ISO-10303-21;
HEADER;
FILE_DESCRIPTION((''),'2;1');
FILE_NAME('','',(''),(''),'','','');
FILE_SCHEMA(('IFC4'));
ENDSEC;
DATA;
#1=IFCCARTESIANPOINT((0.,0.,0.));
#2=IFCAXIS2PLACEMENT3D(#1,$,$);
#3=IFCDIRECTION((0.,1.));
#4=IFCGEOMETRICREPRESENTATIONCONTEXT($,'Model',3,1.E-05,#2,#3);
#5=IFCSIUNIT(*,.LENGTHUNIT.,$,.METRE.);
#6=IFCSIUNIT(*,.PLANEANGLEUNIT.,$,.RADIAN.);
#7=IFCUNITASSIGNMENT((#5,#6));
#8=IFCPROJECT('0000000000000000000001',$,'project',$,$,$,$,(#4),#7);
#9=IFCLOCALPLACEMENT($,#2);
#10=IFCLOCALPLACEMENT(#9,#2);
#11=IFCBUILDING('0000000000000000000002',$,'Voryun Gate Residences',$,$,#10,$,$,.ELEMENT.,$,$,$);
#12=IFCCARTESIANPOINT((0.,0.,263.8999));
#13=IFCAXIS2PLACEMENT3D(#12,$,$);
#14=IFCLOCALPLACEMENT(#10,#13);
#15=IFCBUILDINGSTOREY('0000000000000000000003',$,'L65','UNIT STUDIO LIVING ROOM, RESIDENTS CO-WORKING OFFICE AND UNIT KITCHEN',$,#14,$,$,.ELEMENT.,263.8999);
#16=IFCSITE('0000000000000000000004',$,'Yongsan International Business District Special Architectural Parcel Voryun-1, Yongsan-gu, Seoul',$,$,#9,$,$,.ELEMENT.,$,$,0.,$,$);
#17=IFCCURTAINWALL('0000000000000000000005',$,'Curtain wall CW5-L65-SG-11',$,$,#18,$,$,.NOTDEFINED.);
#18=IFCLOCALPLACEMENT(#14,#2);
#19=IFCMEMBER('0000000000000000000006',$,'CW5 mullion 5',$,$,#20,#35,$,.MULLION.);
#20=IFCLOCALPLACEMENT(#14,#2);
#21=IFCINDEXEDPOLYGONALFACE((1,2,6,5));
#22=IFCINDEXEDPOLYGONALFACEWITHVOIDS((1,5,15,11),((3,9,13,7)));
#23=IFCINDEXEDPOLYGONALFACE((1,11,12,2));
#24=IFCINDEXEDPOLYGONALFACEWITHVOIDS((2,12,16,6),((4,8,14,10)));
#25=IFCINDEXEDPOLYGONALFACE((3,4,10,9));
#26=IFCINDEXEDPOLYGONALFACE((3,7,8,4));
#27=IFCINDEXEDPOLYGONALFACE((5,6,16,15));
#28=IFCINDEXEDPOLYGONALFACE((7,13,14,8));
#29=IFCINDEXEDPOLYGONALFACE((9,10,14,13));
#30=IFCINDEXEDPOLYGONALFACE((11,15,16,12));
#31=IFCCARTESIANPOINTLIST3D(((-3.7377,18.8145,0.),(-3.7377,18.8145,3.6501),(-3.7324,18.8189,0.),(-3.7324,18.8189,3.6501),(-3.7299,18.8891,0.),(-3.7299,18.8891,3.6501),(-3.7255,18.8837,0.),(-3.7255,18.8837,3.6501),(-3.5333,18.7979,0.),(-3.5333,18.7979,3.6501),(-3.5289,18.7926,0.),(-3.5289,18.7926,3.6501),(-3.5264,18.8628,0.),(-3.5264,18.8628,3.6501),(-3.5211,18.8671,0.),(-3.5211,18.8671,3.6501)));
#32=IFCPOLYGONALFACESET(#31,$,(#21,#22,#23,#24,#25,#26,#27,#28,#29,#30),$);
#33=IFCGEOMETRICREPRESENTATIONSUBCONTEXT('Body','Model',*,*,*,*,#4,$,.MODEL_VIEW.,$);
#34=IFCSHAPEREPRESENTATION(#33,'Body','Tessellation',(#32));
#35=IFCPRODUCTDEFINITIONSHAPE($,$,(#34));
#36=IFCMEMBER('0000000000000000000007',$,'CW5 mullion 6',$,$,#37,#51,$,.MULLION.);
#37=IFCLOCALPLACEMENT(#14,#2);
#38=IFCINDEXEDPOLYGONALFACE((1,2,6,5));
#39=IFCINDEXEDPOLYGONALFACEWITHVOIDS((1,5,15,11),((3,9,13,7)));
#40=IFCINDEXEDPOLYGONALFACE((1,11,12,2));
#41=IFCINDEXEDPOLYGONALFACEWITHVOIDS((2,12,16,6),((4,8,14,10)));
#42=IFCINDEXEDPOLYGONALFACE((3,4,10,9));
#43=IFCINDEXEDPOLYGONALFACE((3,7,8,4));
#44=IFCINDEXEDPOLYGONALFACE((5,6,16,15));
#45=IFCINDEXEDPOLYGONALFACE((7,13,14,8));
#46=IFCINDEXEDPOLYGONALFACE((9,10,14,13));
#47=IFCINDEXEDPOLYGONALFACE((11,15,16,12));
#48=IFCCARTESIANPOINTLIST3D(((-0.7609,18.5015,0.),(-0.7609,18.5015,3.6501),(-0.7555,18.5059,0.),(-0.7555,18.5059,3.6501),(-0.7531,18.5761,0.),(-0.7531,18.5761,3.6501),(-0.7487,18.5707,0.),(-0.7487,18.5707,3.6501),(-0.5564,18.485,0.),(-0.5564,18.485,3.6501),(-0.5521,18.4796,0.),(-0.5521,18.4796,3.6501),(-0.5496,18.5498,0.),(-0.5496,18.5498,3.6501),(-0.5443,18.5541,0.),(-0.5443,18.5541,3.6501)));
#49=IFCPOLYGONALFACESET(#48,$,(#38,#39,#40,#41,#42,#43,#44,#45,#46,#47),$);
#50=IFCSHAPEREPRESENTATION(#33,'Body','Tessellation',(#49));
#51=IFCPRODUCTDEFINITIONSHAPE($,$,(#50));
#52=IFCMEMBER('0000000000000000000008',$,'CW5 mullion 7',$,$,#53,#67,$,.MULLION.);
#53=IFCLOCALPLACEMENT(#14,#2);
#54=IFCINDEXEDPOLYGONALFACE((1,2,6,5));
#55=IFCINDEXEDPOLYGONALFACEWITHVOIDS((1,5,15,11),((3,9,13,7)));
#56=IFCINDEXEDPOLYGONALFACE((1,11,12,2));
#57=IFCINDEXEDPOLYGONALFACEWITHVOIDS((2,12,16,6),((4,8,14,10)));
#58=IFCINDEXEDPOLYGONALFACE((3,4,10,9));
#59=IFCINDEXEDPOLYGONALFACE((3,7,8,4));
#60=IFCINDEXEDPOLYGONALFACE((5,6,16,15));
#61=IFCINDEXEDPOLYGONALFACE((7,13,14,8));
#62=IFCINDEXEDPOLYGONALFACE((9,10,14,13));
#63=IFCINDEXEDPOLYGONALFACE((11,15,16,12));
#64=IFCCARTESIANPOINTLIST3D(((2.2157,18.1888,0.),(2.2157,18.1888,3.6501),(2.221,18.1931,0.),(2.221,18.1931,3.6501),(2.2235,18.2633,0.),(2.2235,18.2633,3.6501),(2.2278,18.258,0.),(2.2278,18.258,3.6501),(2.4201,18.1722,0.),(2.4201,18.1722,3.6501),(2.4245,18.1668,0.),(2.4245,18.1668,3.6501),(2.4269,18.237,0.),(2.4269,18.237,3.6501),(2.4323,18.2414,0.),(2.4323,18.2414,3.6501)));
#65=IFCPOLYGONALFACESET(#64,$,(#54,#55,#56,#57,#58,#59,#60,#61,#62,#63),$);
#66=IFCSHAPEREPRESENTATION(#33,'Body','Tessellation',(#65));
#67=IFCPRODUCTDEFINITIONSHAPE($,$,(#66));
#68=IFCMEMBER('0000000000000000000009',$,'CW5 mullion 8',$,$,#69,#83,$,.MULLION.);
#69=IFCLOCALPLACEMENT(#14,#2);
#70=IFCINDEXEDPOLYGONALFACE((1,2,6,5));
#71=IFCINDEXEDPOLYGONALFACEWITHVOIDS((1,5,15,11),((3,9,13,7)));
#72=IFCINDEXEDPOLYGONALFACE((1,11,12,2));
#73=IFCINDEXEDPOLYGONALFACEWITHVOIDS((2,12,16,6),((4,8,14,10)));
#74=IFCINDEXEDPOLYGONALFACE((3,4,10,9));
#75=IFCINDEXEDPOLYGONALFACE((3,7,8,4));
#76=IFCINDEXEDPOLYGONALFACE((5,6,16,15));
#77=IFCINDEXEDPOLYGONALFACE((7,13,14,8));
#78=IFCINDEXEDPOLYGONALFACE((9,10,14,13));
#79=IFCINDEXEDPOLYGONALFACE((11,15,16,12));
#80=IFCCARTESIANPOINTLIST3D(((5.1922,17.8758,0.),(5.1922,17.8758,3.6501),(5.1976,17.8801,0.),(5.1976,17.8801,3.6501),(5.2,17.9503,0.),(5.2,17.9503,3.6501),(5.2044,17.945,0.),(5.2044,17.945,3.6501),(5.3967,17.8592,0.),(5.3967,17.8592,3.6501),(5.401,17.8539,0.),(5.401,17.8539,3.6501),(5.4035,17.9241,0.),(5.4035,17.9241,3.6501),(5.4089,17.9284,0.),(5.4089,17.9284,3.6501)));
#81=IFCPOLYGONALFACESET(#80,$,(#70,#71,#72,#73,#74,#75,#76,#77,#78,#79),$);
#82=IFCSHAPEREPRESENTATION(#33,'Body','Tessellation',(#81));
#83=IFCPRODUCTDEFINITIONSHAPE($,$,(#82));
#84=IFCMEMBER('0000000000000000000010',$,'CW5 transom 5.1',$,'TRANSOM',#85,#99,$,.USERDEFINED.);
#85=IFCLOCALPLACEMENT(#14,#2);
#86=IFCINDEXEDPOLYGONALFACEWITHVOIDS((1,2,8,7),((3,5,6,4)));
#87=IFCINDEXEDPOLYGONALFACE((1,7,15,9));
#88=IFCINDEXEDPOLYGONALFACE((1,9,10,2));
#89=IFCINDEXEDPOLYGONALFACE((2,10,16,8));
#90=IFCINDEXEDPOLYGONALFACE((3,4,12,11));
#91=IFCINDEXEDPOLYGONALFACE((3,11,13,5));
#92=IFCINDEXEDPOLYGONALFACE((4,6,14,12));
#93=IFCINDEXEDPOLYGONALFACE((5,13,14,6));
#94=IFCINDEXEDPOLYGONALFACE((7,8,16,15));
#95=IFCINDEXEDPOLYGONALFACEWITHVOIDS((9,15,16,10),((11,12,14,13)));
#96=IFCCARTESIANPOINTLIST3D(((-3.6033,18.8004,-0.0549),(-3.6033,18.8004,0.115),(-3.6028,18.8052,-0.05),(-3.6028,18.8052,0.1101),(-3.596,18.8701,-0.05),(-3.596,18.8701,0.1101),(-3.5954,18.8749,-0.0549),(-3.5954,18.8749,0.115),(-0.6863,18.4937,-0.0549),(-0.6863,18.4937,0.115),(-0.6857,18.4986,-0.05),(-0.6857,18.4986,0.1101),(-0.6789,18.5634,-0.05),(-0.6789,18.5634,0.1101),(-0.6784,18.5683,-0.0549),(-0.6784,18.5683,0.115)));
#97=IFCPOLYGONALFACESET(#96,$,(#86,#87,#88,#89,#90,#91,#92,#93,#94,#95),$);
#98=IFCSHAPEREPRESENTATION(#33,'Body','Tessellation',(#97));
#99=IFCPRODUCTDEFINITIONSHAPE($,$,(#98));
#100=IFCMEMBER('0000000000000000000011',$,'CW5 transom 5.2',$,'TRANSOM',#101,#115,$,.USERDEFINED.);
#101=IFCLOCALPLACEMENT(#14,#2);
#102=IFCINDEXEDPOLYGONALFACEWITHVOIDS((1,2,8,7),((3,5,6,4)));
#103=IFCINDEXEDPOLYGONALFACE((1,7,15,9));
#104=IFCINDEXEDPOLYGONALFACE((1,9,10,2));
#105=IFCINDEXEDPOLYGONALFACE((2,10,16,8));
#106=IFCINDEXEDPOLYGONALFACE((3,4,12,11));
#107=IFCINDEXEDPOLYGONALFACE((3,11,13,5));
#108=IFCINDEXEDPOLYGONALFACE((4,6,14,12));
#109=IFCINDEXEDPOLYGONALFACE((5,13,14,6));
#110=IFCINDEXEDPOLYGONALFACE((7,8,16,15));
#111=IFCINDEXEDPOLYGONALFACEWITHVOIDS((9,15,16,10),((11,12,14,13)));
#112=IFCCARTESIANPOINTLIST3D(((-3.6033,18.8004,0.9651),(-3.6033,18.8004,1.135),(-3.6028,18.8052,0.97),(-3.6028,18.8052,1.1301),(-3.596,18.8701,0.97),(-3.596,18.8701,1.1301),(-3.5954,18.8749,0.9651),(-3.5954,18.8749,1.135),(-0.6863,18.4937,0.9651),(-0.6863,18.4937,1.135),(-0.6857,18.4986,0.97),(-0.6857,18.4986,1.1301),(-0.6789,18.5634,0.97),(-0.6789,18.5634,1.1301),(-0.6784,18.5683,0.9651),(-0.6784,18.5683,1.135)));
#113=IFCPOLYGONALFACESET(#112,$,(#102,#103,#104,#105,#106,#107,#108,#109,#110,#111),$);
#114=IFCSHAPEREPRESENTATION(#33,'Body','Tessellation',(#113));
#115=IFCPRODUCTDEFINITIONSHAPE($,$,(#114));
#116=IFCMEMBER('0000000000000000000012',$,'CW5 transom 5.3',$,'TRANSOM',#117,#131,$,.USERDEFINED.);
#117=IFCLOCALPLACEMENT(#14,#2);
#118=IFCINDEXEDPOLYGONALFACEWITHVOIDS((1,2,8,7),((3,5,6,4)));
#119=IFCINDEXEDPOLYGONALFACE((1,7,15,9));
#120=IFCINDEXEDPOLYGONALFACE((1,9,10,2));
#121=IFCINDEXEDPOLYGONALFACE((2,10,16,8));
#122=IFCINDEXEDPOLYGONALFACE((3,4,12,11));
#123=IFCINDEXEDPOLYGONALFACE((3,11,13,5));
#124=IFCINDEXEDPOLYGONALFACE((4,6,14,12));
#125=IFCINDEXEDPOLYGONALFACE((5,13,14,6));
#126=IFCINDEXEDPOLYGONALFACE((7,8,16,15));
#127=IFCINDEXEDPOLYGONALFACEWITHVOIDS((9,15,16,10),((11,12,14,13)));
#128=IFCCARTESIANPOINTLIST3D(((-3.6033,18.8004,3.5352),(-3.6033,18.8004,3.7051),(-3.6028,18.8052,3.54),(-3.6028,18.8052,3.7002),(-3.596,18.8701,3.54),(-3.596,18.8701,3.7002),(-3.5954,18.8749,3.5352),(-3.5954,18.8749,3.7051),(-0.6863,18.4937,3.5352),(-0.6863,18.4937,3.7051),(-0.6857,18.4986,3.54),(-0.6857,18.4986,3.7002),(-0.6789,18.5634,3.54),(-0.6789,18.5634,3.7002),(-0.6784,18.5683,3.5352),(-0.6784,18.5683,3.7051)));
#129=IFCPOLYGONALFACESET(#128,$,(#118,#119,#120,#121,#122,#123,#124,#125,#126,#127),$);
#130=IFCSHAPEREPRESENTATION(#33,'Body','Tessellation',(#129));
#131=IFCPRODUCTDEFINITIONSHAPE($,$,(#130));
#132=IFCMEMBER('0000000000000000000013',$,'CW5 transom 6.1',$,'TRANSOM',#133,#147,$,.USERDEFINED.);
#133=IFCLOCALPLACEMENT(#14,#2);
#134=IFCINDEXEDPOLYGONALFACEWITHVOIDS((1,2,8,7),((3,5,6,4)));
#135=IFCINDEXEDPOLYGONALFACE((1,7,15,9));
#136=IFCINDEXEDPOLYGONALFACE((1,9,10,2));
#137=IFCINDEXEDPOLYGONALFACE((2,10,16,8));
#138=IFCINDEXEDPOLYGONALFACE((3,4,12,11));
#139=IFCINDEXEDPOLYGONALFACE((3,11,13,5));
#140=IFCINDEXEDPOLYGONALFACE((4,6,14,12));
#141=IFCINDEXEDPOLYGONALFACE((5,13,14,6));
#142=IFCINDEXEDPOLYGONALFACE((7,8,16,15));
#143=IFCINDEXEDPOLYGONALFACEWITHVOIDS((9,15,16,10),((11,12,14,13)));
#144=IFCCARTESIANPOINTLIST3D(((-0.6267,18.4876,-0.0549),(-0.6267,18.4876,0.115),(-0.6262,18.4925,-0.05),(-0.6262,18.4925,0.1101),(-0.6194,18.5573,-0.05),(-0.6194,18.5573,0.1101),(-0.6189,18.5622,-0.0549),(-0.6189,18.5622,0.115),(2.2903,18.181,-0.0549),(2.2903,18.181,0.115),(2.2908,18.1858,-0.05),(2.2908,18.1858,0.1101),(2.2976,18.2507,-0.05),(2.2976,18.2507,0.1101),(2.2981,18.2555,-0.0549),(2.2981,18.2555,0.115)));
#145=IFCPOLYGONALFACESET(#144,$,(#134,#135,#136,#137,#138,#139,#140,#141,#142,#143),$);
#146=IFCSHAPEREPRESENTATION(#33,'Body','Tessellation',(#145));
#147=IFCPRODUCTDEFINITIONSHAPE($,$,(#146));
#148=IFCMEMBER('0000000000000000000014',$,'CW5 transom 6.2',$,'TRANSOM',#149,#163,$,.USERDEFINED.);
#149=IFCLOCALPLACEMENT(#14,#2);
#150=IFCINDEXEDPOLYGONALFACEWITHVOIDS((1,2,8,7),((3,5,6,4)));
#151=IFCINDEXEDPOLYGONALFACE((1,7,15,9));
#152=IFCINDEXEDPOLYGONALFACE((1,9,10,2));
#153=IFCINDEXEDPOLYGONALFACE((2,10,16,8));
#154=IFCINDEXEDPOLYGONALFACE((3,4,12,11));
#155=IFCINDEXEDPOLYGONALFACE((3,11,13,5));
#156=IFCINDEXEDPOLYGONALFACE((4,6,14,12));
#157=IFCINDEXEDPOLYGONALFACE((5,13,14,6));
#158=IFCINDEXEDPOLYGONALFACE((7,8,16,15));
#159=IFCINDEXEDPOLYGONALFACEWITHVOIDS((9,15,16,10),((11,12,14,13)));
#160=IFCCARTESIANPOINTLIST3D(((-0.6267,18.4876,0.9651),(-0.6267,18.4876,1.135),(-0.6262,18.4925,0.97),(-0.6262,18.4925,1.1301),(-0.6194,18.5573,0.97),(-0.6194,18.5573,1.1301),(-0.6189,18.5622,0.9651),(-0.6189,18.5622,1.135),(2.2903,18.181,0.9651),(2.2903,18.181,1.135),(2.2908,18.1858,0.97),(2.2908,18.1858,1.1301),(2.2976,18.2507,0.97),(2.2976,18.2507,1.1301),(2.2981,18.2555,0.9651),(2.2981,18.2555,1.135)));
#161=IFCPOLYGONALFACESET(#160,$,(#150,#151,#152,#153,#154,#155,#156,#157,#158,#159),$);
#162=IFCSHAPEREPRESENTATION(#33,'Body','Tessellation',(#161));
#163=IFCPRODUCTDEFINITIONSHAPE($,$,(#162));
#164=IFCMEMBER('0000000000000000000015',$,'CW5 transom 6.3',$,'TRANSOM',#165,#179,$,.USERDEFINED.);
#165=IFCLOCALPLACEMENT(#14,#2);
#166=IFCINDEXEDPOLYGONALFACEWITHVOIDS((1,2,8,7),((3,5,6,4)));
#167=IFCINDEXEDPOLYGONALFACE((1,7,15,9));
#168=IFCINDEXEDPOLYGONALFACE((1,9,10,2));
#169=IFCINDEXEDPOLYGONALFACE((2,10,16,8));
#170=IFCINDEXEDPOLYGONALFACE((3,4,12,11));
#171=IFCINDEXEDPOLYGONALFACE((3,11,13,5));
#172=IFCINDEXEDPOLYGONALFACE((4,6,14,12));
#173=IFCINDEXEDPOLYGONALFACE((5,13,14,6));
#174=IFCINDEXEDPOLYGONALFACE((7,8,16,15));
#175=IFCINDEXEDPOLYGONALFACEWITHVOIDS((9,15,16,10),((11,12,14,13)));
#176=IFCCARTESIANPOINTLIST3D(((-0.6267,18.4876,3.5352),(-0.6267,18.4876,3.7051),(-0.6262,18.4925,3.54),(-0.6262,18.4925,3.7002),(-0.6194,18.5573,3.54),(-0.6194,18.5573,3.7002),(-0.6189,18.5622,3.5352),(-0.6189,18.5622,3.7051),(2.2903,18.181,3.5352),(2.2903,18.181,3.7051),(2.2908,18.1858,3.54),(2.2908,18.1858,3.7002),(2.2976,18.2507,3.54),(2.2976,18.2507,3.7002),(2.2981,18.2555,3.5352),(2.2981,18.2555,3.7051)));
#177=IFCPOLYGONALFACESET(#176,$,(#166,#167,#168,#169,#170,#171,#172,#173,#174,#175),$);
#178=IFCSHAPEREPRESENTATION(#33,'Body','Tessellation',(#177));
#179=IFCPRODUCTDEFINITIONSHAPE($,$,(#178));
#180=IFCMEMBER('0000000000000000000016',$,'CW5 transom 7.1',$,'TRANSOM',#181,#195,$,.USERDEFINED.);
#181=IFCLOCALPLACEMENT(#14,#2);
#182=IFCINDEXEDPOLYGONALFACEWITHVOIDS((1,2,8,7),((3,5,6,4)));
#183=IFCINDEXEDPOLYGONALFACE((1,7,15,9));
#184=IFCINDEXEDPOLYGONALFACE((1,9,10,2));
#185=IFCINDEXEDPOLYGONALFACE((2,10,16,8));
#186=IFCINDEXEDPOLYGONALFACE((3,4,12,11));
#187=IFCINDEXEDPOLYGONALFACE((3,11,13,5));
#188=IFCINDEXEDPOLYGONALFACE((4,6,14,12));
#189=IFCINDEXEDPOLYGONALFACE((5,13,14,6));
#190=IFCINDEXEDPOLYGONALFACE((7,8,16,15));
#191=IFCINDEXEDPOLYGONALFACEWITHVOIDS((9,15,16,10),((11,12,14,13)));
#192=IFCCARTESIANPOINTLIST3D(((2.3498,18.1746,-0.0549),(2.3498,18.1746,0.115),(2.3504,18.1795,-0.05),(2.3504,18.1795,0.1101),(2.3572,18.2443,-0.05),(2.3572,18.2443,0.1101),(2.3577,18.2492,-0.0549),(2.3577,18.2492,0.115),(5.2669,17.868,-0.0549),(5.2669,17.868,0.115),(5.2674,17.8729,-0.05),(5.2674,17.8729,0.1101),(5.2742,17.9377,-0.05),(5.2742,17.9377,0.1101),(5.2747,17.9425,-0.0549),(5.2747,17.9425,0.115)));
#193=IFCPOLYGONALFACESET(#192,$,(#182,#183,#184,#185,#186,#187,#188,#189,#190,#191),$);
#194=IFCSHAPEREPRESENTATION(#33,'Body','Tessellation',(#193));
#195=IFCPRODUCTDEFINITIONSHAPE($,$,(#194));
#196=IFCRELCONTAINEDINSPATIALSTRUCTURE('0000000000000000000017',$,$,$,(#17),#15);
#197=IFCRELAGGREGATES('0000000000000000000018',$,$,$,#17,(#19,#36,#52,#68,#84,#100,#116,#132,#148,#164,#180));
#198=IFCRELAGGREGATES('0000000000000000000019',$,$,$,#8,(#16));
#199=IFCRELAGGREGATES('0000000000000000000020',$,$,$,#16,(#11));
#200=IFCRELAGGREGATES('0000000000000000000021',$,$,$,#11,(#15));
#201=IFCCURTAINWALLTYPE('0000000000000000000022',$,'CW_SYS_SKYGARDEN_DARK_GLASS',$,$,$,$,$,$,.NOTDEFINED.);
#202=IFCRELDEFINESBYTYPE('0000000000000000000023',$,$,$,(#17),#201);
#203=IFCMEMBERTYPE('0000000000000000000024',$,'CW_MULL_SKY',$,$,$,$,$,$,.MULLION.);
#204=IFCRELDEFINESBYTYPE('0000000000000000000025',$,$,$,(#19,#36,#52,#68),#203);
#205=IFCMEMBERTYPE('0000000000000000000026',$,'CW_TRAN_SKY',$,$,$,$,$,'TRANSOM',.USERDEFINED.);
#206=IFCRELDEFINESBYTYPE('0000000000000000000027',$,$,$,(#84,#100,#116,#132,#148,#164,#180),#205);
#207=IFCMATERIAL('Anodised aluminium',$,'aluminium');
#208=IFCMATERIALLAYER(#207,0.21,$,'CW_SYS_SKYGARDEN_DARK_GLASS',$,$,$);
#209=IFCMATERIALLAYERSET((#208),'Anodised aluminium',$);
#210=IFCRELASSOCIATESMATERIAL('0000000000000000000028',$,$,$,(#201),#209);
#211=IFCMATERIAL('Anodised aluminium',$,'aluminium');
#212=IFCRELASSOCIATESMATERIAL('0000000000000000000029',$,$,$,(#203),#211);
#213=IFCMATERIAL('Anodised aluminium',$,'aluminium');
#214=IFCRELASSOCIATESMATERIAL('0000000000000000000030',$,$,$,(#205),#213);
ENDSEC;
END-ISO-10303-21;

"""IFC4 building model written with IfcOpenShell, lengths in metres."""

from ifc_helpers import new_model, si_unit, direction, frame, origin, origin_2d, place, context, subcontext, project, spatial, hollow_rectangle, extrude, material, layer, layer_set, material_profile, profile_set, type_object, element, aggregate, save


model = new_model("IFC4")

# Units and contexts
model_context = context("Model", 3, precision=1e-05, world=origin(), true_north=direction((0.0, 1.0)))
body_context = subcontext(model_context, "Body", "Model", "MODEL_VIEW")
ifc_project = project(units=[si_unit("LENGTHUNIT", "METRE"), si_unit("PLANEANGLEUNIT", "RADIAN")], contexts=[model_context])

# Site, building, storey
site_placement = place(None, origin())
site = spatial("IfcSite", under=ifc_project, at=site_placement, Name="Yongsan International Business District Special Architectural Parcel Voryun-1, Yongsan-gu, Seoul", CompositionType="ELEMENT", RefElevation=0.0)
building_placement = place(site_placement, origin())
building = spatial("IfcBuilding", under=site, at=building_placement, Name="Voryun Gate Residences", CompositionType="ELEMENT")
storey_placement = place(building_placement, frame((0.0, 0.0, 263.8999)))
storey = spatial("IfcBuildingStorey", under=building, at=storey_placement, Name="L65", Description="UNIT STUDIO LIVING ROOM, RESIDENTS CO-WORKING OFFICE AND UNIT KITCHEN", CompositionType="ELEMENT", Elevation=263.8999)

# Curtain wall, members
ifc_material_1 = material(Name="Anodised aluminium", Category="aluminium")
ifc_layer_1 = layer(ifc_material_1, 0.21, Name="CW_SYS_SKYGARDEN_DARK_GLASS")
ifc_layer_set_1 = layer_set([ifc_layer_1], Name="Anodised aluminium")
curtain_wall_type = type_object("IfcCurtainWallType", Name="CW_SYS_SKYGARDEN_DARK_GLASS", PredefinedType="NOTDEFINED", material=ifc_layer_set_1)
curtain_wall_placement = place(storey_placement, origin())
curtain_wall = element("IfcCurtainWall", 1, at=curtain_wall_placement, inside=storey, type_object=curtain_wall_type, Name="Curtain wall CW5-L65-SG-11", PredefinedType="NOTDEFINED")
ifc_material_2 = material(Name="Anodised aluminium", Category="aluminium")
ifc_material_profile_1 = material_profile(ifc_material_2, hollow_rectangle(XDim=0.075, YDim=0.21, WallThickness=0.0049, at=origin_2d()), Name="ALU-MULL-210x75x5")
ifc_profile_set_1 = profile_set([ifc_material_profile_1], Name="Anodised aluminium")
member_type_1 = type_object("IfcMemberType", Name="CW_MULL_SKY", PredefinedType="MULLION", material=ifc_profile_set_1)
member_1_placement = place(storey_placement, frame((-3.6294, 18.8408, 0.0), z_axis=(0.0, 0.0, 1.0), x_axis=(0.104532, 0.994521, 0.0)))
member_1 = element("IfcMember", 2, at=member_1_placement, type_object=member_type_1, Name="CW5 mullion 5", PredefinedType="MULLION", context=body_context, shape_type="SweptSolid", body=[
    extrude(hollow_rectangle(XDim=0.075, YDim=0.21, WallThickness=0.0049, at=origin_2d()), origin(), (0.0, 0.0, 1.0), 3.6501),
])
member_2_placement = place(storey_placement, frame((-0.6526, 18.5278, 0.0), z_axis=(0.0, 0.0, 1.0), x_axis=(0.104532, 0.994521, 0.0)))
member_2 = element("IfcMember", 3, at=member_2_placement, type_object=member_type_1, Name="CW5 mullion 6", PredefinedType="MULLION", context=body_context, shape_type="SweptSolid", body=[
    extrude(hollow_rectangle(XDim=0.075, YDim=0.21, WallThickness=0.0049, at=origin_2d()), origin(), (0.0, 0.0, 1.0), 3.6501),
])
member_3_placement = place(storey_placement, frame((2.324, 18.2151, 0.0), z_axis=(0.0, 0.0, 1.0), x_axis=(0.104532, 0.994521, 0.0)))
member_3 = element("IfcMember", 4, at=member_3_placement, type_object=member_type_1, Name="CW5 mullion 7", PredefinedType="MULLION", context=body_context, shape_type="SweptSolid", body=[
    extrude(hollow_rectangle(XDim=0.075, YDim=0.21, WallThickness=0.0049, at=origin_2d()), origin(), (0.0, 0.0, 1.0), 3.6501),
])
member_4_placement = place(storey_placement, frame((5.3005, 17.9021, 0.0), z_axis=(0.0, 0.0, 1.0), x_axis=(0.104532, 0.994521, 0.0)))
member_4 = element("IfcMember", 5, at=member_4_placement, type_object=member_type_1, Name="CW5 mullion 8", PredefinedType="MULLION", context=body_context, shape_type="SweptSolid", body=[
    extrude(hollow_rectangle(XDim=0.075, YDim=0.21, WallThickness=0.0049, at=origin_2d()), origin(), (0.0, 0.0, 1.0), 3.6501),
])
ifc_material_3 = material(Name="Anodised aluminium", Category="aluminium")
ifc_material_profile_2 = material_profile(ifc_material_3, hollow_rectangle(XDim=0.075, YDim=0.1699, WallThickness=0.0049, at=origin_2d()), Name="ALU-TRAN-170x75x5")
ifc_profile_set_2 = profile_set([ifc_material_profile_2], Name="Anodised aluminium")
member_type_2 = type_object("IfcMemberType", Name="CW_TRAN_SKY", ElementType="TRANSOM", PredefinedType="USERDEFINED", material=ifc_profile_set_2)
member_5_placement = place(storey_placement, frame((-3.5994, 18.8376, 0.03), z_axis=(0.99452, -0.104546, 0.0), x_axis=(0.104546, 0.99452, 0.0)))
member_5 = element("IfcMember", 6, at=member_5_placement, type_object=member_type_2, Name="CW5 transom 5.1", ObjectType="TRANSOM", PredefinedType="USERDEFINED", context=body_context, shape_type="SweptSolid", body=[
    extrude(hollow_rectangle(XDim=0.075, YDim=0.1699, WallThickness=0.0049, at=origin_2d()), origin(), (0.0, 0.0, 1.0), 2.9331),
])
member_6_placement = place(storey_placement, frame((-3.5994, 18.8376, 1.05), z_axis=(0.99452, -0.104546, 0.0), x_axis=(0.104546, 0.99452, 0.0)))
member_6 = element("IfcMember", 7, at=member_6_placement, type_object=member_type_2, Name="CW5 transom 5.2", ObjectType="TRANSOM", PredefinedType="USERDEFINED", context=body_context, shape_type="SweptSolid", body=[
    extrude(hollow_rectangle(XDim=0.075, YDim=0.1699, WallThickness=0.0049, at=origin_2d()), origin(), (0.0, 0.0, 1.0), 2.9331),
])
member_7_placement = place(storey_placement, frame((-3.5994, 18.8376, 3.6201), z_axis=(0.99452, -0.104546, 0.0), x_axis=(0.104546, 0.99452, 0.0)))
member_7 = element("IfcMember", 8, at=member_7_placement, type_object=member_type_2, Name="CW5 transom 5.3", ObjectType="TRANSOM", PredefinedType="USERDEFINED", context=body_context, shape_type="SweptSolid", body=[
    extrude(hollow_rectangle(XDim=0.075, YDim=0.1699, WallThickness=0.0049, at=origin_2d()), origin(), (0.0, 0.0, 1.0), 2.9331),
])
member_8_placement = place(storey_placement, frame((-0.6228, 18.5249, 0.03), z_axis=(0.99452, -0.104546, 0.0), x_axis=(0.104546, 0.99452, 0.0)))
member_8 = element("IfcMember", 9, at=member_8_placement, type_object=member_type_2, Name="CW5 transom 6.1", ObjectType="TRANSOM", PredefinedType="USERDEFINED", context=body_context, shape_type="SweptSolid", body=[
    extrude(hollow_rectangle(XDim=0.075, YDim=0.1699, WallThickness=0.0049, at=origin_2d()), origin(), (0.0, 0.0, 1.0), 2.9331),
])
member_9_placement = place(storey_placement, frame((-0.6228, 18.5249, 1.05), z_axis=(0.99452, -0.104546, 0.0), x_axis=(0.104546, 0.99452, 0.0)))
member_9 = element("IfcMember", 10, at=member_9_placement, type_object=member_type_2, Name="CW5 transom 6.2", ObjectType="TRANSOM", PredefinedType="USERDEFINED", context=body_context, shape_type="SweptSolid", body=[
    extrude(hollow_rectangle(XDim=0.075, YDim=0.1699, WallThickness=0.0049, at=origin_2d()), origin(), (0.0, 0.0, 1.0), 2.9331),
])
member_10_placement = place(storey_placement, frame((-0.6228, 18.5249, 3.6201), z_axis=(0.99452, -0.104546, 0.0), x_axis=(0.104546, 0.99452, 0.0)))
member_10 = element("IfcMember", 11, at=member_10_placement, type_object=member_type_2, Name="CW5 transom 6.3", ObjectType="TRANSOM", PredefinedType="USERDEFINED", context=body_context, shape_type="SweptSolid", body=[
    extrude(hollow_rectangle(XDim=0.075, YDim=0.1699, WallThickness=0.0049, at=origin_2d()), origin(), (0.0, 0.0, 1.0), 2.9331),
])
member_11_placement = place(storey_placement, frame((2.3538, 18.2119, 0.03), z_axis=(0.99452, -0.104546, 0.0), x_axis=(0.104546, 0.99452, 0.0)))
member_11 = element("IfcMember", 12, at=member_11_placement, type_object=member_type_2, Name="CW5 transom 7.1", ObjectType="TRANSOM", PredefinedType="USERDEFINED", context=body_context, shape_type="SweptSolid", body=[
    extrude(hollow_rectangle(XDim=0.075, YDim=0.1699, WallThickness=0.0049, at=origin_2d()), origin(), (0.0, 0.0, 1.0), 2.9331),
])
aggregate(curtain_wall, [member_1, member_2, member_3, member_4, member_5, member_6, member_7, member_8, member_9, member_10, member_11])

save(model, "model.ifc")
